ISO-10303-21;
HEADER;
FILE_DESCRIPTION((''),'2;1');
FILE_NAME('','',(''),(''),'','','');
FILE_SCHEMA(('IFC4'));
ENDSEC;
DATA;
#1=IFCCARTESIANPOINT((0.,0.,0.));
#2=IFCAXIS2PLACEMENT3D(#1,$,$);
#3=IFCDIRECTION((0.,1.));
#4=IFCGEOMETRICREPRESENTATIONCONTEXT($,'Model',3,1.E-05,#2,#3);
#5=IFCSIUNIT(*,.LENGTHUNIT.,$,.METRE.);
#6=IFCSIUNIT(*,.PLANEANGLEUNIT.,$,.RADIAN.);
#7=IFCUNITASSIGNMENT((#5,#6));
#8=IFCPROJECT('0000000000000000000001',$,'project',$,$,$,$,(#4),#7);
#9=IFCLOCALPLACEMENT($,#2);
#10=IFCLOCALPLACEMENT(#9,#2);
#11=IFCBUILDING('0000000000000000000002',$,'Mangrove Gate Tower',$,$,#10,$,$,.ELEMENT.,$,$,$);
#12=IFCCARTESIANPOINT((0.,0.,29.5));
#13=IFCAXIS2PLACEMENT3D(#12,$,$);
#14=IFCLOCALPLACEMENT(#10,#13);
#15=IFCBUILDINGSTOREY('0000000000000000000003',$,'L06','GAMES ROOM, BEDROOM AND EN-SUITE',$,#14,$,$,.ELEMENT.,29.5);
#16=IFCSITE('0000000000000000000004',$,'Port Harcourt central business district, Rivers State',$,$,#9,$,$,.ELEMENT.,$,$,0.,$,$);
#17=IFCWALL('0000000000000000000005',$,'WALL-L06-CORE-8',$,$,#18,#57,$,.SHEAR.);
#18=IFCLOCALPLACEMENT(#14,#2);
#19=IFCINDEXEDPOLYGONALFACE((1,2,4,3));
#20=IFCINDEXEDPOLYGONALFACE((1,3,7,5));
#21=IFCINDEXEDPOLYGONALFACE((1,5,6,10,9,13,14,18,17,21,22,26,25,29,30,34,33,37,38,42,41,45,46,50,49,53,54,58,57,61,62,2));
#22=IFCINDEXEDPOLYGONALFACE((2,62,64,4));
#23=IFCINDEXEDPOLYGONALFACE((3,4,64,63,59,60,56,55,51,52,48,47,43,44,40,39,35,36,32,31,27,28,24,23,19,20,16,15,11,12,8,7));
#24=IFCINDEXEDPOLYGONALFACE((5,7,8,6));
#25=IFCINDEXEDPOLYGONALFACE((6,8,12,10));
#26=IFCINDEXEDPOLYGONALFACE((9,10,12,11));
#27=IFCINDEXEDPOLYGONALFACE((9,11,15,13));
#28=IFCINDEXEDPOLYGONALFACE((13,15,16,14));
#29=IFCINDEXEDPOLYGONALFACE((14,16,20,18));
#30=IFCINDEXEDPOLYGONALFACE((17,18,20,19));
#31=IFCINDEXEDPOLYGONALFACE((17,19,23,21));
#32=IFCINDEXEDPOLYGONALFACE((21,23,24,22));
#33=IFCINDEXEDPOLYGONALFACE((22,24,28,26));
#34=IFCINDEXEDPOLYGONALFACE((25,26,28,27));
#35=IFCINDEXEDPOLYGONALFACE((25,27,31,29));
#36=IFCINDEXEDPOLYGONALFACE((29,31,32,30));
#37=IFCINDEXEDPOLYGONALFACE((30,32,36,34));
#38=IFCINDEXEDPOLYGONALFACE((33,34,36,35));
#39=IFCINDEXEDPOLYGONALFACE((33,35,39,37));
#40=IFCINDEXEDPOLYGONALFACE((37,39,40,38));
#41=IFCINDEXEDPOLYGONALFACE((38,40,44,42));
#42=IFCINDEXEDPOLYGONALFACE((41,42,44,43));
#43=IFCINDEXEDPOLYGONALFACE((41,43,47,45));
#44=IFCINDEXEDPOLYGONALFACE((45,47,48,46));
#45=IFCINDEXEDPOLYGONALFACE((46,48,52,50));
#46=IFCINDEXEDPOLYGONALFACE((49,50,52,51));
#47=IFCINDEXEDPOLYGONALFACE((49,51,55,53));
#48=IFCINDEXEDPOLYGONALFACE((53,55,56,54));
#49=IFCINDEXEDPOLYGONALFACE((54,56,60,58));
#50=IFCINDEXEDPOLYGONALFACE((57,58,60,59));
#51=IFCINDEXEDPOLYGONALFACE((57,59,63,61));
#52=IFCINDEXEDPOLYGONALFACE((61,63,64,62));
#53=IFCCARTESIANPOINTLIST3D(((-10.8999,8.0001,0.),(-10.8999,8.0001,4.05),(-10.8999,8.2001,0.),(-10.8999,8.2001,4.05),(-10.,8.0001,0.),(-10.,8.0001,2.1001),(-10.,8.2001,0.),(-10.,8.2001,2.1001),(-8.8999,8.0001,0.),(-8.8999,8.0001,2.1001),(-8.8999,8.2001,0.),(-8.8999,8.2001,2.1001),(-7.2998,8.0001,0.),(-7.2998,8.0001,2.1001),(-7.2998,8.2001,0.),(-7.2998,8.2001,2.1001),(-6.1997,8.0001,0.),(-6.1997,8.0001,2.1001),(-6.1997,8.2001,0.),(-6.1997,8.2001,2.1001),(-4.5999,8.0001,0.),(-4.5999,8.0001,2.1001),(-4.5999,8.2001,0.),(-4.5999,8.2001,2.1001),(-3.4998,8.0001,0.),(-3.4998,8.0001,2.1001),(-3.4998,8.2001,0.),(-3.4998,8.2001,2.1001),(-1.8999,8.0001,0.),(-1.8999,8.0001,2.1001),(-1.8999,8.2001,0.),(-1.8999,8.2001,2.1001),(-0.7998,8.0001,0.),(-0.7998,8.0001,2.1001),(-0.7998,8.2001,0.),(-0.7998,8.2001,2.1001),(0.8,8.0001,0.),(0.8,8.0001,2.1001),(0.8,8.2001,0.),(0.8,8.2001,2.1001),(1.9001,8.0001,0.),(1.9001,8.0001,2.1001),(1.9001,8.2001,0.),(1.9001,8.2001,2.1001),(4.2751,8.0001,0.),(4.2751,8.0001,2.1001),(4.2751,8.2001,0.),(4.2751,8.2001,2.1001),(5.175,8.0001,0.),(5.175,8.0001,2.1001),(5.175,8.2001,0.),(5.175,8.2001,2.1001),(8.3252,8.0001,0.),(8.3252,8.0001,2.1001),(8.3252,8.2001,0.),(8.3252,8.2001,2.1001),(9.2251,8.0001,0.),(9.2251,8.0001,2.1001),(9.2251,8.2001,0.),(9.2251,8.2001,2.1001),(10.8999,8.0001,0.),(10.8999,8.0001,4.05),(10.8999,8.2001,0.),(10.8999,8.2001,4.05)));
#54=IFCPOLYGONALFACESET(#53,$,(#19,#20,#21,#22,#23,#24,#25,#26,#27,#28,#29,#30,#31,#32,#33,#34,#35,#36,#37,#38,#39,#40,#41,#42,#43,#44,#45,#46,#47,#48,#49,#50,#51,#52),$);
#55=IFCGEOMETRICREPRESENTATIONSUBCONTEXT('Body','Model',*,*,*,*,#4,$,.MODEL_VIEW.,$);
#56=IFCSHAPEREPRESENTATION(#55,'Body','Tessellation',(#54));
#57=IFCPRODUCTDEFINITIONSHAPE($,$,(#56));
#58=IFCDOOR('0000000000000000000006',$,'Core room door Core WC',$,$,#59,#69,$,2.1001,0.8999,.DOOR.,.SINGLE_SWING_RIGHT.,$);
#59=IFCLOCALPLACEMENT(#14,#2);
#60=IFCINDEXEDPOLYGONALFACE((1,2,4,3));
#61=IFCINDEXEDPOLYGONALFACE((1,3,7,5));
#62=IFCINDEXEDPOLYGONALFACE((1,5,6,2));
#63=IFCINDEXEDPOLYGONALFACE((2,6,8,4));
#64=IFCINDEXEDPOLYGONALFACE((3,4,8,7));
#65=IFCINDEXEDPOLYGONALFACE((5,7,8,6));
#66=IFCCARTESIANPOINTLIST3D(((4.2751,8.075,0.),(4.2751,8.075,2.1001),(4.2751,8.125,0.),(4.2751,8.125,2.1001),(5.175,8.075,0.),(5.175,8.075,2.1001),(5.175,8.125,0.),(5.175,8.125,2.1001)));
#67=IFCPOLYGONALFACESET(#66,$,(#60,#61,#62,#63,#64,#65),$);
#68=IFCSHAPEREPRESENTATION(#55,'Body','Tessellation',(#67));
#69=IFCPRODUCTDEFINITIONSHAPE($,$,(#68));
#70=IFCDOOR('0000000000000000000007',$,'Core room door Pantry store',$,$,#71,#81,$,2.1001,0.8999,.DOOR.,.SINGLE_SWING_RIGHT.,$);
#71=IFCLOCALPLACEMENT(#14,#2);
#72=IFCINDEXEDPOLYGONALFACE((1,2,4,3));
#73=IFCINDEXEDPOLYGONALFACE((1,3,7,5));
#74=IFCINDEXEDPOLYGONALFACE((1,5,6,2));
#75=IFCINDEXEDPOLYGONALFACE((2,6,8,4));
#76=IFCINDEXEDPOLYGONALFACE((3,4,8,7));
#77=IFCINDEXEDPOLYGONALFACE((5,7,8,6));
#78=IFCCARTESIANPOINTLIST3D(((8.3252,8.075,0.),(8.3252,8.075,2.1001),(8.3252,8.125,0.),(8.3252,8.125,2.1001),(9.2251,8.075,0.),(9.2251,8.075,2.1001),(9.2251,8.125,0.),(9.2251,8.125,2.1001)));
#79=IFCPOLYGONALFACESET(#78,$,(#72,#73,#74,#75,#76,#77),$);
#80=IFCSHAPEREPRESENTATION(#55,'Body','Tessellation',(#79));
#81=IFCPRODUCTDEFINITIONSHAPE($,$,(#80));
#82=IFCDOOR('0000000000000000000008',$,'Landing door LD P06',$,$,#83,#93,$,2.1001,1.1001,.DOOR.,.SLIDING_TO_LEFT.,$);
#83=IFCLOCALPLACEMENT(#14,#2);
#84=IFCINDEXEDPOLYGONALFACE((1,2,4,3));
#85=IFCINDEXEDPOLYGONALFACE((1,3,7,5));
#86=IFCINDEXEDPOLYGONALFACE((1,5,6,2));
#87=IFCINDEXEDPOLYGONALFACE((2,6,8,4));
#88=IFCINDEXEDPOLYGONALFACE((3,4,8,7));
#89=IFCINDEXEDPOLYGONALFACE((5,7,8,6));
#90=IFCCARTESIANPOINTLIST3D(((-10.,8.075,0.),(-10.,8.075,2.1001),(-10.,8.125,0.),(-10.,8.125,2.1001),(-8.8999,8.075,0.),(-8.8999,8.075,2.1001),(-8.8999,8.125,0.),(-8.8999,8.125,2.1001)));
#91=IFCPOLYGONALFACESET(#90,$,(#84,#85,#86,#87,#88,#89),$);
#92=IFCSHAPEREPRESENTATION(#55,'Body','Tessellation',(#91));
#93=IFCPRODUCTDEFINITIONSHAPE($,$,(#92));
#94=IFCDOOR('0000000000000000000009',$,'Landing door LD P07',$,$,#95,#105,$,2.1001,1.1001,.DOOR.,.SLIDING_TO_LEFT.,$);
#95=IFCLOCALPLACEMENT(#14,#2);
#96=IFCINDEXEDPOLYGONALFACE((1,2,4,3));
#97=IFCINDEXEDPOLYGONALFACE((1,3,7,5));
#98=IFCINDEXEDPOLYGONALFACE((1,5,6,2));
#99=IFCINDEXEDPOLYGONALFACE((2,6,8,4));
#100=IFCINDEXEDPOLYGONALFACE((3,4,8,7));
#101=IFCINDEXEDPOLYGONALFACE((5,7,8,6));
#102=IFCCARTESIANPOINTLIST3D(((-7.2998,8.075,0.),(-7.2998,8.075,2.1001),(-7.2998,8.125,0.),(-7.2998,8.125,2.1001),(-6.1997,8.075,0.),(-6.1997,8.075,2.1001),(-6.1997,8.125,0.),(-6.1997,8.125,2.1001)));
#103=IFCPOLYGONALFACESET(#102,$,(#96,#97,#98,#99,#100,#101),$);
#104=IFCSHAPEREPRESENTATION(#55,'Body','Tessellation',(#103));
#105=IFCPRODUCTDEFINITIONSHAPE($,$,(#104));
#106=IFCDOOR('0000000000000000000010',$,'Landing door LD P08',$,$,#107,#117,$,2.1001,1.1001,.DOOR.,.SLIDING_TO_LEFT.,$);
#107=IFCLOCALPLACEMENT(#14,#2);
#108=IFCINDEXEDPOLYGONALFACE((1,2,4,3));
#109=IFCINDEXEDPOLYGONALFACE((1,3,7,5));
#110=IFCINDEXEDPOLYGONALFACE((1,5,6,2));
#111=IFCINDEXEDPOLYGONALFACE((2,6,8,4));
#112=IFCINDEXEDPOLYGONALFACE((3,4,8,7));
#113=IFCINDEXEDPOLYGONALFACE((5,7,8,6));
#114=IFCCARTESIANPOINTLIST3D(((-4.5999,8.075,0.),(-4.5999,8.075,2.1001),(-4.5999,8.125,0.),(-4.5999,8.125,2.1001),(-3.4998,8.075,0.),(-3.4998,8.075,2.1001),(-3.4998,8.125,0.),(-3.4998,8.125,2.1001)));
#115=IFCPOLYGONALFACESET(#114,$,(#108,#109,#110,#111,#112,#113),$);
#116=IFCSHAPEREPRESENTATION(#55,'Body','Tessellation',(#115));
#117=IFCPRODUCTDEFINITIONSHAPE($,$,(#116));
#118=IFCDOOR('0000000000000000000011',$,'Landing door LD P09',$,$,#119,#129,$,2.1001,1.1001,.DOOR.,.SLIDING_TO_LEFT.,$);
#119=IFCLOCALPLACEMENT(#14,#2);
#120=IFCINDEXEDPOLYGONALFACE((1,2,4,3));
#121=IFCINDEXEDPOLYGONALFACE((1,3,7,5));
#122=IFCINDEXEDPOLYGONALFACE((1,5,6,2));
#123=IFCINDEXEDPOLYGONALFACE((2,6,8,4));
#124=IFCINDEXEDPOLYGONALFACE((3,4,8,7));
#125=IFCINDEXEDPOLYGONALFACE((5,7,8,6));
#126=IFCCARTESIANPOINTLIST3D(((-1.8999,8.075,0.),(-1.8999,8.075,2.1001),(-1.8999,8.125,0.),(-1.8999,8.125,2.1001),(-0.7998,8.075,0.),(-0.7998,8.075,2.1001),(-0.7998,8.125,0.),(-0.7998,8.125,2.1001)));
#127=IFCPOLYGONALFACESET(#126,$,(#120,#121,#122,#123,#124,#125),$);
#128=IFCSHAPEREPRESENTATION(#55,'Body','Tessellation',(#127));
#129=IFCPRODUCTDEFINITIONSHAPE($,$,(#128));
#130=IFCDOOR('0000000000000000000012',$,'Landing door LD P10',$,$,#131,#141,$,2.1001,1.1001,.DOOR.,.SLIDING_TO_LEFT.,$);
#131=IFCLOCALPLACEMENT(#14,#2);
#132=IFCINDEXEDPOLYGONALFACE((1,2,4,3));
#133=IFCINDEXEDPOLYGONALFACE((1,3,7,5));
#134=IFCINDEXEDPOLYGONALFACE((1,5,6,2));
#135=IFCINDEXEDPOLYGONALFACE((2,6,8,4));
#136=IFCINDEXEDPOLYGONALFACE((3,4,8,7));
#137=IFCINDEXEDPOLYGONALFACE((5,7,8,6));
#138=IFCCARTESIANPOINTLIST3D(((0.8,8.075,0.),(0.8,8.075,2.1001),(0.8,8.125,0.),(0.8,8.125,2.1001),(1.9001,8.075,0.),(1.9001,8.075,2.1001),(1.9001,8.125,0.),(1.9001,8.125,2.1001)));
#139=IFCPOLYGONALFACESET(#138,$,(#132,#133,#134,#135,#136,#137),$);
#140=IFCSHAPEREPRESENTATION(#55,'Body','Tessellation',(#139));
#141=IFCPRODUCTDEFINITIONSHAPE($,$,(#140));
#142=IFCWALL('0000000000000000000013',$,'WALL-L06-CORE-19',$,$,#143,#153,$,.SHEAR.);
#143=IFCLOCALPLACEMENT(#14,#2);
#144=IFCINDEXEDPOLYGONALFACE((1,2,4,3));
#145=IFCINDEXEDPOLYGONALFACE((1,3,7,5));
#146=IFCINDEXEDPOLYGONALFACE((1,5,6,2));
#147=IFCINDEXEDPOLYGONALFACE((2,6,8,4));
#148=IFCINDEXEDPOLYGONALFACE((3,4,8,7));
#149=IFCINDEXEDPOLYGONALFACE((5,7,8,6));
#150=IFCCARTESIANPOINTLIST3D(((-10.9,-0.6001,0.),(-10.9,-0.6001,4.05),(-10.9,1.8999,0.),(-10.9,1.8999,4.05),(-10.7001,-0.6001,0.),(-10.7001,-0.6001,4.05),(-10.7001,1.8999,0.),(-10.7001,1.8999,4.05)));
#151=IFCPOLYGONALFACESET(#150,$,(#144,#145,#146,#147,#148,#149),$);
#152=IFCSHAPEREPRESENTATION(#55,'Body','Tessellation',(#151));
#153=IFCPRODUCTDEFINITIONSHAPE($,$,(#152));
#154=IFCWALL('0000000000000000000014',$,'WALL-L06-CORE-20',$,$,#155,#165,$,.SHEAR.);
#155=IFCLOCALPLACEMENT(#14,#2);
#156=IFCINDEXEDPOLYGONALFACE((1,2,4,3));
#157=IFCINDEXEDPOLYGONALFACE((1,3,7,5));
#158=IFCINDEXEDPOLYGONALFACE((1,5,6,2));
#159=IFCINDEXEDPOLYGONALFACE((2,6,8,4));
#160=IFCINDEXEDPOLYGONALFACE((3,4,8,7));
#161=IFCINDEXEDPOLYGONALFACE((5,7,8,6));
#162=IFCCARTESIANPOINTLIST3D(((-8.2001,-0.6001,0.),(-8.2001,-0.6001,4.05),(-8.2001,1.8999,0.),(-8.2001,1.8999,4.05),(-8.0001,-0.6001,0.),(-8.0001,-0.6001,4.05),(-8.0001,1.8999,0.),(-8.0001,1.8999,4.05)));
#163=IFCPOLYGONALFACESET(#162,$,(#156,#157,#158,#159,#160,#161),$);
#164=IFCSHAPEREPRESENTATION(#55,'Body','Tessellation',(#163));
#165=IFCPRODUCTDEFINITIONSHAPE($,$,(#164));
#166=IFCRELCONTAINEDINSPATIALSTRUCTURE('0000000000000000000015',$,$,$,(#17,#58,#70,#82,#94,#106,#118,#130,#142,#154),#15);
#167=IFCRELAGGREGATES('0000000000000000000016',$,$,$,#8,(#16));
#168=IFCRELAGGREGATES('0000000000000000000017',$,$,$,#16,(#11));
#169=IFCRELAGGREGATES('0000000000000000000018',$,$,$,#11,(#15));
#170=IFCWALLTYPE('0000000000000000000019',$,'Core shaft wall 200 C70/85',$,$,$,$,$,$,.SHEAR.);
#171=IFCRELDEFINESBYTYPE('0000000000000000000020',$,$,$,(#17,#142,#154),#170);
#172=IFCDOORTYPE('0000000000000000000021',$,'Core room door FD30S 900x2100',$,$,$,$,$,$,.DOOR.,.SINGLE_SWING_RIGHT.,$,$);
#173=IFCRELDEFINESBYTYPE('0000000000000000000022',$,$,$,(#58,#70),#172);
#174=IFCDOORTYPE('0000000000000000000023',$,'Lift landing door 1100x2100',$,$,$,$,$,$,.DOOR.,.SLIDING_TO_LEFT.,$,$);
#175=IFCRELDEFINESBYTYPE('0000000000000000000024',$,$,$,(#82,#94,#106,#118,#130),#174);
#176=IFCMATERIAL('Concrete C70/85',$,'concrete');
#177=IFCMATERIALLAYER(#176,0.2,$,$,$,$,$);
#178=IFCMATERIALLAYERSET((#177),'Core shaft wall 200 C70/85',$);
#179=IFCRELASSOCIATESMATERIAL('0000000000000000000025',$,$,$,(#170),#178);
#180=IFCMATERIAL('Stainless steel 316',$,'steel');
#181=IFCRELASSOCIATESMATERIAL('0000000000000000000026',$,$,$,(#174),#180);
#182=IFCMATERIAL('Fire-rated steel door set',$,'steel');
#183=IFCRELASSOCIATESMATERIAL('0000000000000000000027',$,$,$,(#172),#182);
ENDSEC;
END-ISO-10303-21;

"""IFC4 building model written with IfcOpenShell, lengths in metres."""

from ifc_helpers import new_model, si_unit, direction, frame, frame_2d, origin, place, context, subcontext, project, spatial, rectangle, extrude, material, layer, layer_set, type_object, element, fill, save


model = new_model("IFC4")

# Units and contexts
model_context = context("Model", 3, precision=1e-05, world=origin(), true_north=direction((0.0, 1.0)))
body_context = subcontext(model_context, "Body", "Model", "MODEL_VIEW")
ifc_project = project(units=[si_unit("LENGTHUNIT", "METRE"), si_unit("PLANEANGLEUNIT", "RADIAN")], contexts=[model_context])

# Site, building, storey
site_placement = place(None, origin())
site = spatial("IfcSite", under=ifc_project, at=site_placement, Name="Port Harcourt central business district, Rivers State", CompositionType="ELEMENT", RefElevation=0.0)
building_placement = place(site_placement, origin())
building = spatial("IfcBuilding", under=site, at=building_placement, Name="Mangrove Gate Tower", CompositionType="ELEMENT")
storey_placement = place(building_placement, frame((0.0, 0.0, 29.5)))
storey = spatial("IfcBuildingStorey", under=building, at=storey_placement, Name="L06", Description="GAMES ROOM, BEDROOM AND EN-SUITE", CompositionType="ELEMENT", Elevation=29.5)

# Wall, openings, doors
ifc_material_1 = material(Name="Concrete C70/85", Category="concrete")
ifc_layer_1 = layer(ifc_material_1, 0.2)
ifc_layer_set_1 = layer_set([ifc_layer_1], Name="Core shaft wall 200 C70/85")
wall_type_1 = type_object("IfcWallType", Name="Core shaft wall 200 C70/85", PredefinedType="SHEAR", material=ifc_layer_set_1)
ifc_material_2 = material(Name="Stainless steel 316", Category="steel")
door_type_1 = type_object("IfcDoorType", Name="Lift landing door 1100x2100", OperationType="SLIDING_TO_LEFT", PredefinedType="DOOR", material=ifc_material_2)
wall_1_placement = place(storey_placement, frame((-10.8999, 8.1001, 0.0), z_axis=(0.0, 0.0, 1.0), x_axis=(1.0, 0.0, 0.0)))
wall_1 = element("IfcWall", 1, at=wall_1_placement, inside=storey, type_object=wall_type_1, Name="WALL-L06-CORE-8", PredefinedType="SHEAR", context=body_context, shape_type="SweptSolid", body=[
    extrude(rectangle(XDim=21.7998, YDim=0.2, at=frame_2d((10.8999, 0.0))), origin(), (0.0, 0.0, 1.0), 4.05),
])
opening_1_placement = place(wall_1_placement, frame((0.8999, 0.0, 0.0)))
opening_1 = element("IfcOpeningElement", 2, at=opening_1_placement, cuts=wall_1, PredefinedType="OPENING", context=body_context, shape_type="SweptSolid", body=[
    extrude(rectangle(XDim=1.1001, YDim=2.1001, at=frame_2d((0.55, 1.05))), frame((0.0, 0.1099, 0.0), z_axis=(0.0, -1.0, 0.0), x_axis=(1.0, 0.0, 0.0)), (0.0, 0.0, 1.0), 0.22),
])
opening_2_placement = place(wall_1_placement, frame((3.6001, 0.0, 0.0)))
opening_2 = element("IfcOpeningElement", 3, at=opening_2_placement, cuts=wall_1, PredefinedType="OPENING", context=body_context, shape_type="SweptSolid", body=[
    extrude(rectangle(XDim=1.1001, YDim=2.1001, at=frame_2d((0.55, 1.05))), frame((0.0, 0.1099, 0.0), z_axis=(0.0, -1.0, 0.0), x_axis=(1.0, 0.0, 0.0)), (0.0, 0.0, 1.0), 0.22),
])
opening_3_placement = place(wall_1_placement, frame((6.3, 0.0, 0.0)))
opening_3 = element("IfcOpeningElement", 4, at=opening_3_placement, cuts=wall_1, PredefinedType="OPENING", context=body_context, shape_type="SweptSolid", body=[
    extrude(rectangle(XDim=1.1001, YDim=2.1001, at=frame_2d((0.55, 1.05))), frame((0.0, 0.1099, 0.0), z_axis=(0.0, -1.0, 0.0), x_axis=(1.0, 0.0, 0.0)), (0.0, 0.0, 1.0), 0.22),
])
opening_4_placement = place(wall_1_placement, frame((9.0, 0.0, 0.0)))
opening_4 = element("IfcOpeningElement", 5, at=opening_4_placement, cuts=wall_1, PredefinedType="OPENING", context=body_context, shape_type="SweptSolid", body=[
    extrude(rectangle(XDim=1.1001, YDim=2.1001, at=frame_2d((0.55, 1.05))), frame((0.0, 0.1099, 0.0), z_axis=(0.0, -1.0, 0.0), x_axis=(1.0, 0.0, 0.0)), (0.0, 0.0, 1.0), 0.22),
])
opening_5_placement = place(wall_1_placement, frame((11.7, 0.0, 0.0)))
opening_5 = element("IfcOpeningElement", 6, at=opening_5_placement, cuts=wall_1, PredefinedType="OPENING", context=body_context, shape_type="SweptSolid", body=[
    extrude(rectangle(XDim=1.1001, YDim=2.1001, at=frame_2d((0.55, 1.05))), frame((0.0, 0.1099, 0.0), z_axis=(0.0, -1.0, 0.0), x_axis=(1.0, 0.0, 0.0)), (0.0, 0.0, 1.0), 0.22),
])
opening_6_placement = place(wall_1_placement, frame((15.175, 0.0, 0.0)))
opening_6 = element("IfcOpeningElement", 7, at=opening_6_placement, cuts=wall_1, PredefinedType="OPENING", context=body_context, shape_type="SweptSolid", body=[
    extrude(rectangle(XDim=0.8999, YDim=2.1001, at=frame_2d((0.45, 1.05))), frame((0.0, 0.1099, 0.0), z_axis=(0.0, -1.0, 0.0), x_axis=(1.0, 0.0, 0.0)), (0.0, 0.0, 1.0), 0.22),
])
opening_7_placement = place(wall_1_placement, frame((19.2251, 0.0, 0.0)))
opening_7 = element("IfcOpeningElement", 8, at=opening_7_placement, cuts=wall_1, PredefinedType="OPENING", context=body_context, shape_type="SweptSolid", body=[
    extrude(rectangle(XDim=0.8999, YDim=2.1001, at=frame_2d((0.45, 1.05))), frame((0.0, 0.1099, 0.0), z_axis=(0.0, -1.0, 0.0), x_axis=(1.0, 0.0, 0.0)), (0.0, 0.0, 1.0), 0.22),
])
ifc_material_3 = material(Name="Fire-rated steel door set", Category="steel")
door_type_2 = type_object("IfcDoorType", Name="Core room door FD30S 900x2100", OperationType="SINGLE_SWING_RIGHT", PredefinedType="DOOR", material=ifc_material_3)
door_1_placement = place(opening_6_placement, origin())
door_1 = element("IfcDoor", 9, at=door_1_placement, inside=storey, type_object=door_type_2, Name="Core room door Core WC", OperationType="SINGLE_SWING_RIGHT", OverallHeight=2.1001, OverallWidth=0.8999, PredefinedType="DOOR", context=body_context, shape_type="SweptSolid", body=[
    extrude(rectangle(XDim=0.8999, YDim=2.1001, at=frame_2d((0.45, 1.05))), frame((0.0, 0.0249, 0.0), z_axis=(0.0, -1.0, 0.0), x_axis=(1.0, 0.0, 0.0)), (0.0, 0.0, 1.0), 0.05),
])
fill(opening_6, door_1)
door_2_placement = place(opening_7_placement, origin())
door_2 = element("IfcDoor", 10, at=door_2_placement, inside=storey, type_object=door_type_2, Name="Core room door Pantry store", OperationType="SINGLE_SWING_RIGHT", OverallHeight=2.1001, OverallWidth=0.8999, PredefinedType="DOOR", context=body_context, shape_type="SweptSolid", body=[
    extrude(rectangle(XDim=0.8999, YDim=2.1001, at=frame_2d((0.45, 1.05))), frame((0.0, 0.0249, 0.0), z_axis=(0.0, -1.0, 0.0), x_axis=(1.0, 0.0, 0.0)), (0.0, 0.0, 1.0), 0.05),
])
fill(opening_7, door_2)
door_3_placement = place(opening_1_placement, origin())
door_3 = element("IfcDoor", 11, at=door_3_placement, inside=storey, type_object=door_type_1, Name="Landing door LD P06", OperationType="SLIDING_TO_LEFT", OverallHeight=2.1001, OverallWidth=1.1001, PredefinedType="DOOR", context=body_context, shape_type="SweptSolid", body=[
    extrude(rectangle(XDim=1.1001, YDim=2.1001, at=frame_2d((0.55, 1.05))), frame((0.0, 0.0249, 0.0), z_axis=(0.0, -1.0, 0.0), x_axis=(1.0, 0.0, 0.0)), (0.0, 0.0, 1.0), 0.05),
])
fill(opening_1, door_3)
door_4_placement = place(opening_2_placement, origin())
door_4 = element("IfcDoor", 12, at=door_4_placement, inside=storey, type_object=door_type_1, Name="Landing door LD P07", OperationType="SLIDING_TO_LEFT", OverallHeight=2.1001, OverallWidth=1.1001, PredefinedType="DOOR", context=body_context, shape_type="SweptSolid", body=[
    extrude(rectangle(XDim=1.1001, YDim=2.1001, at=frame_2d((0.55, 1.05))), frame((0.0, 0.0249, 0.0), z_axis=(0.0, -1.0, 0.0), x_axis=(1.0, 0.0, 0.0)), (0.0, 0.0, 1.0), 0.05),
])
fill(opening_2, door_4)
door_5_placement = place(opening_3_placement, origin())
door_5 = element("IfcDoor", 13, at=door_5_placement, inside=storey, type_object=door_type_1, Name="Landing door LD P08", OperationType="SLIDING_TO_LEFT", OverallHeight=2.1001, OverallWidth=1.1001, PredefinedType="DOOR", context=body_context, shape_type="SweptSolid", body=[
    extrude(rectangle(XDim=1.1001, YDim=2.1001, at=frame_2d((0.55, 1.05))), frame((0.0, 0.0249, 0.0), z_axis=(0.0, -1.0, 0.0), x_axis=(1.0, 0.0, 0.0)), (0.0, 0.0, 1.0), 0.05),
])
fill(opening_3, door_5)
door_6_placement = place(opening_4_placement, origin())
door_6 = element("IfcDoor", 14, at=door_6_placement, inside=storey, type_object=door_type_1, Name="Landing door LD P09", OperationType="SLIDING_TO_LEFT", OverallHeight=2.1001, OverallWidth=1.1001, PredefinedType="DOOR", context=body_context, shape_type="SweptSolid", body=[
    extrude(rectangle(XDim=1.1001, YDim=2.1001, at=frame_2d((0.55, 1.05))), frame((0.0, 0.0249, 0.0), z_axis=(0.0, -1.0, 0.0), x_axis=(1.0, 0.0, 0.0)), (0.0, 0.0, 1.0), 0.05),
])
fill(opening_4, door_6)
door_7_placement = place(opening_5_placement, origin())
door_7 = element("IfcDoor", 15, at=door_7_placement, inside=storey, type_object=door_type_1, Name="Landing door LD P10", OperationType="SLIDING_TO_LEFT", OverallHeight=2.1001, OverallWidth=1.1001, PredefinedType="DOOR", context=body_context, shape_type="SweptSolid", body=[
    extrude(rectangle(XDim=1.1001, YDim=2.1001, at=frame_2d((0.55, 1.05))), frame((0.0, 0.0249, 0.0), z_axis=(0.0, -1.0, 0.0), x_axis=(1.0, 0.0, 0.0)), (0.0, 0.0, 1.0), 0.05),
])
fill(opening_5, door_7)

# Walls
for number, where, z_axis, x_axis, name in (
    (16, (-10.8, -0.6001, 0.0), (0.0, 0.0, 1.0), (0.0, 1.0, 0.0), "WALL-L06-CORE-19"),
    (17, (-8.1001, -0.6001, 0.0), (0.0, 0.0, 1.0), (0.0, 1.0, 0.0), "WALL-L06-CORE-20"),
):
    element("IfcWall", number, at=place(storey_placement, frame(where, z_axis=z_axis, x_axis=x_axis)), inside=storey, type_object=wall_type_1, Name=name, PredefinedType="SHEAR", context=body_context, shape_type="SweptSolid", body=[
        extrude(rectangle(XDim=2.5, YDim=0.2, at=frame_2d((1.25, 0.0))), origin(), (0.0, 0.0, 1.0), 4.05),
    ])

save(model, "model.ifc")
